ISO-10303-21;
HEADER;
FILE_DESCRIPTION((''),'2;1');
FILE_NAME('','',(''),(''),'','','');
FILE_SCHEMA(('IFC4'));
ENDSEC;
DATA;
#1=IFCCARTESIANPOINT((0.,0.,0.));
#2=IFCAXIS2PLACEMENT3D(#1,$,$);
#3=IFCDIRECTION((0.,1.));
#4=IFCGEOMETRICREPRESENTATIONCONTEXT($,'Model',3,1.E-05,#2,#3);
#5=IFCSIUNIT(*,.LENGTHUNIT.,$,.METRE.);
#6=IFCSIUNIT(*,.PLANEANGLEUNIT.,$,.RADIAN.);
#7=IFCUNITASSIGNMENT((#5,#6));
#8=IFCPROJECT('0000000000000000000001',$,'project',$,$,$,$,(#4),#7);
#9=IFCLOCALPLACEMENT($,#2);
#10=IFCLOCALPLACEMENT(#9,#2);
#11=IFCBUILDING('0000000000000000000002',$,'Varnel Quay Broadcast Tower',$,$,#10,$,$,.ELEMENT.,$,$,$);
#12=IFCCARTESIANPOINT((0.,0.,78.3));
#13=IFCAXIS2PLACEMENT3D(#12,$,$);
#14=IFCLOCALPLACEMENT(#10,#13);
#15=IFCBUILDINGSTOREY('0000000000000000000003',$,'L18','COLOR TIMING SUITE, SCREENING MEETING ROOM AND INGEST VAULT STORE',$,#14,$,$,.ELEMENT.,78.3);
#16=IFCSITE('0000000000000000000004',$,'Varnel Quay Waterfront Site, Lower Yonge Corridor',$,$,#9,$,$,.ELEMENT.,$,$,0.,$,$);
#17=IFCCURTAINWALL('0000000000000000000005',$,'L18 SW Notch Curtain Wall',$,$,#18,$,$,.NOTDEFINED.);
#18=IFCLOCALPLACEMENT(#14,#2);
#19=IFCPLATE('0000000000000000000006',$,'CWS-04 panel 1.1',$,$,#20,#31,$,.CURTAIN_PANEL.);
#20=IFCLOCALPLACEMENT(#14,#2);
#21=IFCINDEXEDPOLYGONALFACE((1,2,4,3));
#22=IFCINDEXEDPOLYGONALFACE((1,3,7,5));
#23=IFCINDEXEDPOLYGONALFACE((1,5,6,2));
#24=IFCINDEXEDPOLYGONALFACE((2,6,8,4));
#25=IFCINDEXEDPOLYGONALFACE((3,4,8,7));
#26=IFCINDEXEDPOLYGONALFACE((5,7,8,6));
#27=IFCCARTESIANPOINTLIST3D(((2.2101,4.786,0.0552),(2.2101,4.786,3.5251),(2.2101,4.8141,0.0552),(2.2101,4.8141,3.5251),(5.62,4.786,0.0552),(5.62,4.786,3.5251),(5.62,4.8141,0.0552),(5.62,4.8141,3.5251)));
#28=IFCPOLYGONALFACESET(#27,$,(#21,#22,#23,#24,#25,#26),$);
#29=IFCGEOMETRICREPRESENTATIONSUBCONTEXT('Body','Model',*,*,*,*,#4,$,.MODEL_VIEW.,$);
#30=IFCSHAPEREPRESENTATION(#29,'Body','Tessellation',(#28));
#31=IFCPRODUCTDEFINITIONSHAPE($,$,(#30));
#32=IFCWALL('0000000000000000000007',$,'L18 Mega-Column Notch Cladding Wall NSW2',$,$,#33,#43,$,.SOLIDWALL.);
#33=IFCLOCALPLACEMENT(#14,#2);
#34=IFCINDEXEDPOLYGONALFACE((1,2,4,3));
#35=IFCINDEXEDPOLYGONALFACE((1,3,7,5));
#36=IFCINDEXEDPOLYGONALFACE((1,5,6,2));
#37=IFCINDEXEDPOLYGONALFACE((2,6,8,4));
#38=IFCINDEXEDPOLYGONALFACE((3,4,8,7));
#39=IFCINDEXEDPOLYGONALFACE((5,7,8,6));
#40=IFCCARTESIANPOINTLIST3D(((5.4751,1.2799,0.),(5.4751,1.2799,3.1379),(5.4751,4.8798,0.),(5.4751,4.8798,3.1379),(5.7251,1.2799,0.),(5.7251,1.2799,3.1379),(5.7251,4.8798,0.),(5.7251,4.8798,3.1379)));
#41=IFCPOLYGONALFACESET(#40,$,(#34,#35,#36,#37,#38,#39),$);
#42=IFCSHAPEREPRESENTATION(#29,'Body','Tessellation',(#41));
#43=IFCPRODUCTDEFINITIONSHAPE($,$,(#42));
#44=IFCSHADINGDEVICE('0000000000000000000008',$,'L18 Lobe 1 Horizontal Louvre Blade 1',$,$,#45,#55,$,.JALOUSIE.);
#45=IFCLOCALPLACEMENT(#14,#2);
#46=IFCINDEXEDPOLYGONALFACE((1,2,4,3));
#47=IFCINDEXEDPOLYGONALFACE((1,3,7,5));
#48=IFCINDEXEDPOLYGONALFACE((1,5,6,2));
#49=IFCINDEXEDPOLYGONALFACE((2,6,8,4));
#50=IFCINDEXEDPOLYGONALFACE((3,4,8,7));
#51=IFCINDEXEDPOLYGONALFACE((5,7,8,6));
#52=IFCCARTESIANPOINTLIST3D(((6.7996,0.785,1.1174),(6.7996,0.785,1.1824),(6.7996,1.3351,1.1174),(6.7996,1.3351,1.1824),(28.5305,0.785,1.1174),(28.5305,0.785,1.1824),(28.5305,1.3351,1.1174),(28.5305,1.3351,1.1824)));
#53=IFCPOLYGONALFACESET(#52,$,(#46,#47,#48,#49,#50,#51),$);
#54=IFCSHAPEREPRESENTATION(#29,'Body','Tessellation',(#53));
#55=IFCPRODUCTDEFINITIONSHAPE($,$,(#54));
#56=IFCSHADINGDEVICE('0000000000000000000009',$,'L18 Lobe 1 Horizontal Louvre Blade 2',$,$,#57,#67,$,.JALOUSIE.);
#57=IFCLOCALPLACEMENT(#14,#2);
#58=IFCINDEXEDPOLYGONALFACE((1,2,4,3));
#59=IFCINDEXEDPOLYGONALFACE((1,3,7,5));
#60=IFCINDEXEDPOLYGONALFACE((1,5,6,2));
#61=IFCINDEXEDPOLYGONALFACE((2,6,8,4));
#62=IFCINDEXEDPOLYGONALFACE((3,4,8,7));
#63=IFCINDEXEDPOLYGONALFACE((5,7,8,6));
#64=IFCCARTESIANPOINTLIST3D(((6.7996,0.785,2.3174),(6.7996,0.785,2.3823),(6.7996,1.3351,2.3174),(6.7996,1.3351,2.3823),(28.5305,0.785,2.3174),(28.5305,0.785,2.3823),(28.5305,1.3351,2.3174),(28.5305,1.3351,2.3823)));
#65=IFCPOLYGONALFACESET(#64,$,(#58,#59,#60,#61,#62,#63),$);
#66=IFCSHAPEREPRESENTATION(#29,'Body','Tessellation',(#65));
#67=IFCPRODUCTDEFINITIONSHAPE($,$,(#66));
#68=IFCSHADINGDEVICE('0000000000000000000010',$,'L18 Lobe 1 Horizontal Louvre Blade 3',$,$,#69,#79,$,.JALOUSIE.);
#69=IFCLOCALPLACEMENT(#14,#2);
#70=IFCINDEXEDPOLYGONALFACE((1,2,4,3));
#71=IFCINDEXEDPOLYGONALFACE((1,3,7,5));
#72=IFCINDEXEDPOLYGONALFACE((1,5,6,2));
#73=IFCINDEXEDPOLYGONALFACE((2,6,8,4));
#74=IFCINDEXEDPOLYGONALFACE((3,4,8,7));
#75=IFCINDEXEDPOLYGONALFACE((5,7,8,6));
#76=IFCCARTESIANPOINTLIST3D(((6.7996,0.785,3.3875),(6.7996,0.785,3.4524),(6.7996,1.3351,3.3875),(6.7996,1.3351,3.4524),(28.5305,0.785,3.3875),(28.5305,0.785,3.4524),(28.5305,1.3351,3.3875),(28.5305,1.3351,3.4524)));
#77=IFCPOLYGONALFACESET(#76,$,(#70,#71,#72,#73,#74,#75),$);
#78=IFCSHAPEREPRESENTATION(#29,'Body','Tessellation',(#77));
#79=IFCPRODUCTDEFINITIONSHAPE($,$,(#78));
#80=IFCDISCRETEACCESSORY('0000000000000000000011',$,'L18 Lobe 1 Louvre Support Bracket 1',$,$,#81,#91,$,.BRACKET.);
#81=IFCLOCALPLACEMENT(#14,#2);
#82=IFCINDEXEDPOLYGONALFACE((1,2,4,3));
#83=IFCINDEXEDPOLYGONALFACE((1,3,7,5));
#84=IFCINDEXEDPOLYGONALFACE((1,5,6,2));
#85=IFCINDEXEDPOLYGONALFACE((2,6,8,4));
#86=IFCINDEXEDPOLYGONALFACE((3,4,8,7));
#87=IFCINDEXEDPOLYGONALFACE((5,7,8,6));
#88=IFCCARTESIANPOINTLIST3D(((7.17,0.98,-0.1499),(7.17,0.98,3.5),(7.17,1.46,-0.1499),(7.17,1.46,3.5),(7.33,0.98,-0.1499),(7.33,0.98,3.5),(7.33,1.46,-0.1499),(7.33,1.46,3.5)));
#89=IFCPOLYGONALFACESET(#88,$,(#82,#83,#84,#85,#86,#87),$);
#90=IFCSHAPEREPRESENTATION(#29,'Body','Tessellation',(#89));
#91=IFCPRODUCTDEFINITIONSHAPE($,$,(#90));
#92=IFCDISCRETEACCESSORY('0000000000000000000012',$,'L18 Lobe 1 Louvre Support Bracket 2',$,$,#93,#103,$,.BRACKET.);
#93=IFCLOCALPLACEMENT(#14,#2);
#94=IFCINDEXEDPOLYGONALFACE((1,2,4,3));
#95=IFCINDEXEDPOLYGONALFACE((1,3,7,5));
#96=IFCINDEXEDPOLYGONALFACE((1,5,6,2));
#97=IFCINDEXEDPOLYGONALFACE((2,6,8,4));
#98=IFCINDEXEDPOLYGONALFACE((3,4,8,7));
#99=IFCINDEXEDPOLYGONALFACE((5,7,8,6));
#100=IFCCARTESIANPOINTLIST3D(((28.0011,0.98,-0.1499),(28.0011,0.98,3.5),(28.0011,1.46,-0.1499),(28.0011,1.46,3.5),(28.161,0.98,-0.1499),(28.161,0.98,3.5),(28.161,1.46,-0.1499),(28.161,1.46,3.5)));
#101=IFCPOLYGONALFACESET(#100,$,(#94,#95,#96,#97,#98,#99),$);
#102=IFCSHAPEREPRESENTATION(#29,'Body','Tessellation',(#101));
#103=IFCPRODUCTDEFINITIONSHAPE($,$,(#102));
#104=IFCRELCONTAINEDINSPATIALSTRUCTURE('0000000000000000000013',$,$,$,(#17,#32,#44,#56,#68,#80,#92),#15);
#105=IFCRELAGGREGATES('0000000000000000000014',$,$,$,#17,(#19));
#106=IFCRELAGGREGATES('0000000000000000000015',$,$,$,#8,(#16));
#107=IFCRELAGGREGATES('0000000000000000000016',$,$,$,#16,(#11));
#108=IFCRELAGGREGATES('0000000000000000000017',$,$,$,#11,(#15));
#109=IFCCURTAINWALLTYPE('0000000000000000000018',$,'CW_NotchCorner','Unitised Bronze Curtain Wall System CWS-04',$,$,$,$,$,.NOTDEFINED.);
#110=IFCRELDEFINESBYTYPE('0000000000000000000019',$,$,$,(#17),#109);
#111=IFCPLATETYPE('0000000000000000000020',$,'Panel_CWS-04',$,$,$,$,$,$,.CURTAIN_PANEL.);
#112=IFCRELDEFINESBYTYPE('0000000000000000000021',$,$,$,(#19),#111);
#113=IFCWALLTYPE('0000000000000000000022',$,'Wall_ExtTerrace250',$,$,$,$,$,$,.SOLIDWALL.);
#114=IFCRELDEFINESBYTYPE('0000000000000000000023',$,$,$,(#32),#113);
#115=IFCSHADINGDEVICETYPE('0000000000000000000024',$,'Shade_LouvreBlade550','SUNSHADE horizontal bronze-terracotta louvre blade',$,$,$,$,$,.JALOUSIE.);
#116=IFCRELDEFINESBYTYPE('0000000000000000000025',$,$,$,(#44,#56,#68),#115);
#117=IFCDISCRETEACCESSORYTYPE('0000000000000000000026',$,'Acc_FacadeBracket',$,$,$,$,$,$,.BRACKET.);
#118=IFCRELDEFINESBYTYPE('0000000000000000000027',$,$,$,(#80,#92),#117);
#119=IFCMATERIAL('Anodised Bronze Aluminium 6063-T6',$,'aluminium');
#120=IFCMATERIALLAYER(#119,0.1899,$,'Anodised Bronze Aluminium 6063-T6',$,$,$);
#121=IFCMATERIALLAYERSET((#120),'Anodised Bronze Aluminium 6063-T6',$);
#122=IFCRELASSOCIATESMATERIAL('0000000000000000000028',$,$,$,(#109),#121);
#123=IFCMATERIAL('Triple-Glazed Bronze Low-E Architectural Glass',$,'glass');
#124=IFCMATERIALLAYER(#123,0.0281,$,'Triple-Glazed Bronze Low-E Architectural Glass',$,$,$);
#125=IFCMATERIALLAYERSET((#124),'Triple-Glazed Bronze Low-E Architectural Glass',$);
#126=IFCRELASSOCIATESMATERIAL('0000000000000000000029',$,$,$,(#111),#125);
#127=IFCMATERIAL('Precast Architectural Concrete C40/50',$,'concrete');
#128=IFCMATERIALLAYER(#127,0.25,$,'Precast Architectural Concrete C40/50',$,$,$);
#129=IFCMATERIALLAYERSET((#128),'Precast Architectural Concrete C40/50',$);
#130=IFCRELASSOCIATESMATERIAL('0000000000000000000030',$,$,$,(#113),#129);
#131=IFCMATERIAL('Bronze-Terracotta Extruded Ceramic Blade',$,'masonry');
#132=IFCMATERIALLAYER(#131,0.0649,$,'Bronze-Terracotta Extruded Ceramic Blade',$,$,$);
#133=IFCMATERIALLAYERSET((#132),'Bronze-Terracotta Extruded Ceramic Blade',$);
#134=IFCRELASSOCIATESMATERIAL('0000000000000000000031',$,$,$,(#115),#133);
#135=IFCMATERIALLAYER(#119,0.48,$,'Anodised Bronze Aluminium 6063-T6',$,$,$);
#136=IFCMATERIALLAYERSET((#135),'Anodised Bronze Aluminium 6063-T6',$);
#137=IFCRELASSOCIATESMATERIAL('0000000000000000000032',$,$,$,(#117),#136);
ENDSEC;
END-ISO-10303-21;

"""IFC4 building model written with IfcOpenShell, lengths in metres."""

from ifc_helpers import new_model, si_unit, direction, frame, frame_2d, origin, origin_2d, place, context, subcontext, project, spatial, rectangle, extrude, source, transform, mapped, material, layer, layer_set, type_object, type_shapes, element, aggregate, save


model = new_model("IFC4")

# Units and contexts
model_context = context("Model", 3, precision=1e-05, world=origin(), true_north=direction((0.0, 1.0)))
body_context = subcontext(model_context, "Body", "Model", "MODEL_VIEW")
ifc_project = project(units=[si_unit("LENGTHUNIT", "METRE"), si_unit("PLANEANGLEUNIT", "RADIAN")], contexts=[model_context])

# Site, building, storey
site_placement = place(None, origin())
site = spatial("IfcSite", under=ifc_project, at=site_placement, Name="Varnel Quay Waterfront Site, Lower Yonge Corridor", CompositionType="ELEMENT", RefElevation=0.0)
building_placement = place(site_placement, origin())
building = spatial("IfcBuilding", under=site, at=building_placement, Name="Varnel Quay Broadcast Tower", CompositionType="ELEMENT")
storey_placement = place(building_placement, frame((0.0, 0.0, 78.3)))
storey = spatial("IfcBuildingStorey", under=building, at=storey_placement, Name="L18", Description="COLOR TIMING SUITE, SCREENING MEETING ROOM AND INGEST VAULT STORE", CompositionType="ELEMENT", Elevation=78.3)

# Shared definitions
ifc_material_1 = material(Name="Anodised Bronze Aluminium 6063-T6", Category="aluminium")

# Curtain wall
ifc_layer_1 = layer(ifc_material_1, 0.1899, Name="Anodised Bronze Aluminium 6063-T6")
ifc_layer_set_1 = layer_set([ifc_layer_1], Name="Anodised Bronze Aluminium 6063-T6")
curtain_wall_type_1 = type_object("IfcCurtainWallType", Name="CW_NotchCorner", Description="Unitised Bronze Curtain Wall System CWS-04", PredefinedType="NOTDEFINED", material=ifc_layer_set_1)
curtain_wall_1_placement = place(storey_placement, origin())
curtain_wall_1 = element("IfcCurtainWall", 1, at=curtain_wall_1_placement, inside=storey, type_object=curtain_wall_type_1, Name="L18 SW Notch Curtain Wall", PredefinedType="NOTDEFINED")

# Plate
ifc_material_2 = material(Name="Triple-Glazed Bronze Low-E Architectural Glass", Category="glass")
ifc_layer_2 = layer(ifc_material_2, 0.0281, Name="Triple-Glazed Bronze Low-E Architectural Glass")
ifc_layer_set_2 = layer_set([ifc_layer_2], Name="Triple-Glazed Bronze Low-E Architectural Glass")
plate_type_1 = type_object("IfcPlateType", Name="Panel_CWS-04", PredefinedType="CURTAIN_PANEL", material=ifc_layer_set_2)
shared_shape_1 = source(origin(), body_context, "Body", "SweptSolid", [
    extrude(rectangle(XDim=3.4099, YDim=0.0281, at=origin_2d()), origin(), (0.0, 0.0, 1.0), 3.47),
])
type_shapes(plate_type_1, [shared_shape_1])
plate_1_placement = place(storey_placement, frame((3.915, 4.8, 0.0552), z_axis=(0.0, 0.0, 1.0), x_axis=(1.0, 0.0, 0.0)))
plate_1 = element("IfcPlate", 2, at=plate_1_placement, type_object=plate_type_1, Name="CWS-04 panel 1.1", PredefinedType="CURTAIN_PANEL", context=body_context, shape_type="MappedRepresentation", body=[
    mapped(shared_shape_1, transform((0.0, 0.0, 0.0), x_axis=(1.0, 0.0, 0.0), y_axis=(0.0, 1.0, 0.0), z_axis=(0.0, 0.0, 1.0), scale=1.0)),
])
aggregate(curtain_wall_1, [plate_1])

# Wall
ifc_material_3 = material(Name="Precast Architectural Concrete C40/50", Category="concrete")
ifc_layer_3 = layer(ifc_material_3, 0.25, Name="Precast Architectural Concrete C40/50")
ifc_layer_set_3 = layer_set([ifc_layer_3], Name="Precast Architectural Concrete C40/50")
wall_type = type_object("IfcWallType", Name="Wall_ExtTerrace250", PredefinedType="SOLIDWALL", material=ifc_layer_set_3)
wall_placement = place(storey_placement, frame((5.6001, 1.28, 0.0), z_axis=(0.0, 0.0, 1.0), x_axis=(0.0, 1.0, 0.0)))
element("IfcWall", 3, at=wall_placement, inside=storey, type_object=wall_type, Name="L18 Mega-Column Notch Cladding Wall NSW2", PredefinedType="SOLIDWALL", context=body_context, shape_type="SweptSolid", body=[
    extrude(rectangle(XDim=3.5999, YDim=0.25, at=frame_2d((1.7998, 0.0))), origin(), (0.0, 0.0, 1.0), 3.1379),
])

# Shading devices
ifc_material_4 = material(Name="Bronze-Terracotta Extruded Ceramic Blade", Category="masonry")
ifc_layer_4 = layer(ifc_material_4, 0.0649, Name="Bronze-Terracotta Extruded Ceramic Blade")
ifc_layer_set_4 = layer_set([ifc_layer_4], Name="Bronze-Terracotta Extruded Ceramic Blade")
shading_device_type = type_object("IfcShadingDeviceType", Name="Shade_LouvreBlade550", Description="SUNSHADE horizontal bronze-terracotta louvre blade", PredefinedType="JALOUSIE", material=ifc_layer_set_4)
shared_shape_2 = source(origin(), body_context, "Body", "SweptSolid", [
    extrude(rectangle(XDim=21.731, YDim=0.55, at=origin_2d()), origin(), (0.0, 0.0, 1.0), 0.0649),
])
type_shapes(shading_device_type, [shared_shape_2])
for number, where, z_axis, x_axis, name in (
    (4, (17.665, 1.0601, 1.1174), (0.0, 0.0, 1.0), (1.0, 0.0, 0.0), "L18 Lobe 1 Horizontal Louvre Blade 1"),
    (5, (17.665, 1.0601, 2.3174), (0.0, 0.0, 1.0), (1.0, 0.0, 0.0), "L18 Lobe 1 Horizontal Louvre Blade 2"),
    (6, (17.665, 1.0601, 3.3875), (0.0, 0.0, 1.0), (1.0, 0.0, 0.0), "L18 Lobe 1 Horizontal Louvre Blade 3"),
):
    element("IfcShadingDevice", number, at=place(storey_placement, frame(where, z_axis=z_axis, x_axis=x_axis)), inside=storey, type_object=shading_device_type, Name=name, PredefinedType="JALOUSIE", context=body_context, shape_type="MappedRepresentation", body=[
        mapped(shared_shape_2, transform((0.0, 0.0, 0.0), x_axis=(1.0, 0.0, 0.0), y_axis=(0.0, 1.0, 0.0), z_axis=(0.0, 0.0, 1.0), scale=1.0)),
    ])

# Discrete accessories
ifc_layer_5 = layer(ifc_material_1, 0.48, Name="Anodised Bronze Aluminium 6063-T6")
ifc_layer_set_5 = layer_set([ifc_layer_5], Name="Anodised Bronze Aluminium 6063-T6")
discrete_accessory_type = type_object("IfcDiscreteAccessoryType", Name="Acc_FacadeBracket", PredefinedType="BRACKET", material=ifc_layer_set_5)
shared_shape_3 = source(origin(), body_context, "Body", "SweptSolid", [
    extrude(rectangle(XDim=0.1599, YDim=0.48, at=origin_2d()), origin(), (0.0, 0.0, 1.0), 3.6499),
])
type_shapes(discrete_accessory_type, [shared_shape_3])
for number, where, z_axis, x_axis, name in (
    (7, (7.25, 1.22, -0.1499), (0.0, 0.0, 1.0), (1.0, 0.0, 0.0), "L18 Lobe 1 Louvre Support Bracket 1"),
    (8, (28.0811, 1.22, -0.1499), (0.0, 0.0, 1.0), (1.0, 0.0, 0.0), "L18 Lobe 1 Louvre Support Bracket 2"),
):
    element("IfcDiscreteAccessory", number, at=place(storey_placement, frame(where, z_axis=z_axis, x_axis=x_axis)), inside=storey, type_object=discrete_accessory_type, Name=name, PredefinedType="BRACKET", context=body_context, shape_type="MappedRepresentation", body=[
        mapped(shared_shape_3, transform((0.0, 0.0, 0.0), x_axis=(1.0, 0.0, 0.0), y_axis=(0.0, 1.0, 0.0), z_axis=(0.0, 0.0, 1.0), scale=1.0)),
    ])

save(model, "model.ifc")
